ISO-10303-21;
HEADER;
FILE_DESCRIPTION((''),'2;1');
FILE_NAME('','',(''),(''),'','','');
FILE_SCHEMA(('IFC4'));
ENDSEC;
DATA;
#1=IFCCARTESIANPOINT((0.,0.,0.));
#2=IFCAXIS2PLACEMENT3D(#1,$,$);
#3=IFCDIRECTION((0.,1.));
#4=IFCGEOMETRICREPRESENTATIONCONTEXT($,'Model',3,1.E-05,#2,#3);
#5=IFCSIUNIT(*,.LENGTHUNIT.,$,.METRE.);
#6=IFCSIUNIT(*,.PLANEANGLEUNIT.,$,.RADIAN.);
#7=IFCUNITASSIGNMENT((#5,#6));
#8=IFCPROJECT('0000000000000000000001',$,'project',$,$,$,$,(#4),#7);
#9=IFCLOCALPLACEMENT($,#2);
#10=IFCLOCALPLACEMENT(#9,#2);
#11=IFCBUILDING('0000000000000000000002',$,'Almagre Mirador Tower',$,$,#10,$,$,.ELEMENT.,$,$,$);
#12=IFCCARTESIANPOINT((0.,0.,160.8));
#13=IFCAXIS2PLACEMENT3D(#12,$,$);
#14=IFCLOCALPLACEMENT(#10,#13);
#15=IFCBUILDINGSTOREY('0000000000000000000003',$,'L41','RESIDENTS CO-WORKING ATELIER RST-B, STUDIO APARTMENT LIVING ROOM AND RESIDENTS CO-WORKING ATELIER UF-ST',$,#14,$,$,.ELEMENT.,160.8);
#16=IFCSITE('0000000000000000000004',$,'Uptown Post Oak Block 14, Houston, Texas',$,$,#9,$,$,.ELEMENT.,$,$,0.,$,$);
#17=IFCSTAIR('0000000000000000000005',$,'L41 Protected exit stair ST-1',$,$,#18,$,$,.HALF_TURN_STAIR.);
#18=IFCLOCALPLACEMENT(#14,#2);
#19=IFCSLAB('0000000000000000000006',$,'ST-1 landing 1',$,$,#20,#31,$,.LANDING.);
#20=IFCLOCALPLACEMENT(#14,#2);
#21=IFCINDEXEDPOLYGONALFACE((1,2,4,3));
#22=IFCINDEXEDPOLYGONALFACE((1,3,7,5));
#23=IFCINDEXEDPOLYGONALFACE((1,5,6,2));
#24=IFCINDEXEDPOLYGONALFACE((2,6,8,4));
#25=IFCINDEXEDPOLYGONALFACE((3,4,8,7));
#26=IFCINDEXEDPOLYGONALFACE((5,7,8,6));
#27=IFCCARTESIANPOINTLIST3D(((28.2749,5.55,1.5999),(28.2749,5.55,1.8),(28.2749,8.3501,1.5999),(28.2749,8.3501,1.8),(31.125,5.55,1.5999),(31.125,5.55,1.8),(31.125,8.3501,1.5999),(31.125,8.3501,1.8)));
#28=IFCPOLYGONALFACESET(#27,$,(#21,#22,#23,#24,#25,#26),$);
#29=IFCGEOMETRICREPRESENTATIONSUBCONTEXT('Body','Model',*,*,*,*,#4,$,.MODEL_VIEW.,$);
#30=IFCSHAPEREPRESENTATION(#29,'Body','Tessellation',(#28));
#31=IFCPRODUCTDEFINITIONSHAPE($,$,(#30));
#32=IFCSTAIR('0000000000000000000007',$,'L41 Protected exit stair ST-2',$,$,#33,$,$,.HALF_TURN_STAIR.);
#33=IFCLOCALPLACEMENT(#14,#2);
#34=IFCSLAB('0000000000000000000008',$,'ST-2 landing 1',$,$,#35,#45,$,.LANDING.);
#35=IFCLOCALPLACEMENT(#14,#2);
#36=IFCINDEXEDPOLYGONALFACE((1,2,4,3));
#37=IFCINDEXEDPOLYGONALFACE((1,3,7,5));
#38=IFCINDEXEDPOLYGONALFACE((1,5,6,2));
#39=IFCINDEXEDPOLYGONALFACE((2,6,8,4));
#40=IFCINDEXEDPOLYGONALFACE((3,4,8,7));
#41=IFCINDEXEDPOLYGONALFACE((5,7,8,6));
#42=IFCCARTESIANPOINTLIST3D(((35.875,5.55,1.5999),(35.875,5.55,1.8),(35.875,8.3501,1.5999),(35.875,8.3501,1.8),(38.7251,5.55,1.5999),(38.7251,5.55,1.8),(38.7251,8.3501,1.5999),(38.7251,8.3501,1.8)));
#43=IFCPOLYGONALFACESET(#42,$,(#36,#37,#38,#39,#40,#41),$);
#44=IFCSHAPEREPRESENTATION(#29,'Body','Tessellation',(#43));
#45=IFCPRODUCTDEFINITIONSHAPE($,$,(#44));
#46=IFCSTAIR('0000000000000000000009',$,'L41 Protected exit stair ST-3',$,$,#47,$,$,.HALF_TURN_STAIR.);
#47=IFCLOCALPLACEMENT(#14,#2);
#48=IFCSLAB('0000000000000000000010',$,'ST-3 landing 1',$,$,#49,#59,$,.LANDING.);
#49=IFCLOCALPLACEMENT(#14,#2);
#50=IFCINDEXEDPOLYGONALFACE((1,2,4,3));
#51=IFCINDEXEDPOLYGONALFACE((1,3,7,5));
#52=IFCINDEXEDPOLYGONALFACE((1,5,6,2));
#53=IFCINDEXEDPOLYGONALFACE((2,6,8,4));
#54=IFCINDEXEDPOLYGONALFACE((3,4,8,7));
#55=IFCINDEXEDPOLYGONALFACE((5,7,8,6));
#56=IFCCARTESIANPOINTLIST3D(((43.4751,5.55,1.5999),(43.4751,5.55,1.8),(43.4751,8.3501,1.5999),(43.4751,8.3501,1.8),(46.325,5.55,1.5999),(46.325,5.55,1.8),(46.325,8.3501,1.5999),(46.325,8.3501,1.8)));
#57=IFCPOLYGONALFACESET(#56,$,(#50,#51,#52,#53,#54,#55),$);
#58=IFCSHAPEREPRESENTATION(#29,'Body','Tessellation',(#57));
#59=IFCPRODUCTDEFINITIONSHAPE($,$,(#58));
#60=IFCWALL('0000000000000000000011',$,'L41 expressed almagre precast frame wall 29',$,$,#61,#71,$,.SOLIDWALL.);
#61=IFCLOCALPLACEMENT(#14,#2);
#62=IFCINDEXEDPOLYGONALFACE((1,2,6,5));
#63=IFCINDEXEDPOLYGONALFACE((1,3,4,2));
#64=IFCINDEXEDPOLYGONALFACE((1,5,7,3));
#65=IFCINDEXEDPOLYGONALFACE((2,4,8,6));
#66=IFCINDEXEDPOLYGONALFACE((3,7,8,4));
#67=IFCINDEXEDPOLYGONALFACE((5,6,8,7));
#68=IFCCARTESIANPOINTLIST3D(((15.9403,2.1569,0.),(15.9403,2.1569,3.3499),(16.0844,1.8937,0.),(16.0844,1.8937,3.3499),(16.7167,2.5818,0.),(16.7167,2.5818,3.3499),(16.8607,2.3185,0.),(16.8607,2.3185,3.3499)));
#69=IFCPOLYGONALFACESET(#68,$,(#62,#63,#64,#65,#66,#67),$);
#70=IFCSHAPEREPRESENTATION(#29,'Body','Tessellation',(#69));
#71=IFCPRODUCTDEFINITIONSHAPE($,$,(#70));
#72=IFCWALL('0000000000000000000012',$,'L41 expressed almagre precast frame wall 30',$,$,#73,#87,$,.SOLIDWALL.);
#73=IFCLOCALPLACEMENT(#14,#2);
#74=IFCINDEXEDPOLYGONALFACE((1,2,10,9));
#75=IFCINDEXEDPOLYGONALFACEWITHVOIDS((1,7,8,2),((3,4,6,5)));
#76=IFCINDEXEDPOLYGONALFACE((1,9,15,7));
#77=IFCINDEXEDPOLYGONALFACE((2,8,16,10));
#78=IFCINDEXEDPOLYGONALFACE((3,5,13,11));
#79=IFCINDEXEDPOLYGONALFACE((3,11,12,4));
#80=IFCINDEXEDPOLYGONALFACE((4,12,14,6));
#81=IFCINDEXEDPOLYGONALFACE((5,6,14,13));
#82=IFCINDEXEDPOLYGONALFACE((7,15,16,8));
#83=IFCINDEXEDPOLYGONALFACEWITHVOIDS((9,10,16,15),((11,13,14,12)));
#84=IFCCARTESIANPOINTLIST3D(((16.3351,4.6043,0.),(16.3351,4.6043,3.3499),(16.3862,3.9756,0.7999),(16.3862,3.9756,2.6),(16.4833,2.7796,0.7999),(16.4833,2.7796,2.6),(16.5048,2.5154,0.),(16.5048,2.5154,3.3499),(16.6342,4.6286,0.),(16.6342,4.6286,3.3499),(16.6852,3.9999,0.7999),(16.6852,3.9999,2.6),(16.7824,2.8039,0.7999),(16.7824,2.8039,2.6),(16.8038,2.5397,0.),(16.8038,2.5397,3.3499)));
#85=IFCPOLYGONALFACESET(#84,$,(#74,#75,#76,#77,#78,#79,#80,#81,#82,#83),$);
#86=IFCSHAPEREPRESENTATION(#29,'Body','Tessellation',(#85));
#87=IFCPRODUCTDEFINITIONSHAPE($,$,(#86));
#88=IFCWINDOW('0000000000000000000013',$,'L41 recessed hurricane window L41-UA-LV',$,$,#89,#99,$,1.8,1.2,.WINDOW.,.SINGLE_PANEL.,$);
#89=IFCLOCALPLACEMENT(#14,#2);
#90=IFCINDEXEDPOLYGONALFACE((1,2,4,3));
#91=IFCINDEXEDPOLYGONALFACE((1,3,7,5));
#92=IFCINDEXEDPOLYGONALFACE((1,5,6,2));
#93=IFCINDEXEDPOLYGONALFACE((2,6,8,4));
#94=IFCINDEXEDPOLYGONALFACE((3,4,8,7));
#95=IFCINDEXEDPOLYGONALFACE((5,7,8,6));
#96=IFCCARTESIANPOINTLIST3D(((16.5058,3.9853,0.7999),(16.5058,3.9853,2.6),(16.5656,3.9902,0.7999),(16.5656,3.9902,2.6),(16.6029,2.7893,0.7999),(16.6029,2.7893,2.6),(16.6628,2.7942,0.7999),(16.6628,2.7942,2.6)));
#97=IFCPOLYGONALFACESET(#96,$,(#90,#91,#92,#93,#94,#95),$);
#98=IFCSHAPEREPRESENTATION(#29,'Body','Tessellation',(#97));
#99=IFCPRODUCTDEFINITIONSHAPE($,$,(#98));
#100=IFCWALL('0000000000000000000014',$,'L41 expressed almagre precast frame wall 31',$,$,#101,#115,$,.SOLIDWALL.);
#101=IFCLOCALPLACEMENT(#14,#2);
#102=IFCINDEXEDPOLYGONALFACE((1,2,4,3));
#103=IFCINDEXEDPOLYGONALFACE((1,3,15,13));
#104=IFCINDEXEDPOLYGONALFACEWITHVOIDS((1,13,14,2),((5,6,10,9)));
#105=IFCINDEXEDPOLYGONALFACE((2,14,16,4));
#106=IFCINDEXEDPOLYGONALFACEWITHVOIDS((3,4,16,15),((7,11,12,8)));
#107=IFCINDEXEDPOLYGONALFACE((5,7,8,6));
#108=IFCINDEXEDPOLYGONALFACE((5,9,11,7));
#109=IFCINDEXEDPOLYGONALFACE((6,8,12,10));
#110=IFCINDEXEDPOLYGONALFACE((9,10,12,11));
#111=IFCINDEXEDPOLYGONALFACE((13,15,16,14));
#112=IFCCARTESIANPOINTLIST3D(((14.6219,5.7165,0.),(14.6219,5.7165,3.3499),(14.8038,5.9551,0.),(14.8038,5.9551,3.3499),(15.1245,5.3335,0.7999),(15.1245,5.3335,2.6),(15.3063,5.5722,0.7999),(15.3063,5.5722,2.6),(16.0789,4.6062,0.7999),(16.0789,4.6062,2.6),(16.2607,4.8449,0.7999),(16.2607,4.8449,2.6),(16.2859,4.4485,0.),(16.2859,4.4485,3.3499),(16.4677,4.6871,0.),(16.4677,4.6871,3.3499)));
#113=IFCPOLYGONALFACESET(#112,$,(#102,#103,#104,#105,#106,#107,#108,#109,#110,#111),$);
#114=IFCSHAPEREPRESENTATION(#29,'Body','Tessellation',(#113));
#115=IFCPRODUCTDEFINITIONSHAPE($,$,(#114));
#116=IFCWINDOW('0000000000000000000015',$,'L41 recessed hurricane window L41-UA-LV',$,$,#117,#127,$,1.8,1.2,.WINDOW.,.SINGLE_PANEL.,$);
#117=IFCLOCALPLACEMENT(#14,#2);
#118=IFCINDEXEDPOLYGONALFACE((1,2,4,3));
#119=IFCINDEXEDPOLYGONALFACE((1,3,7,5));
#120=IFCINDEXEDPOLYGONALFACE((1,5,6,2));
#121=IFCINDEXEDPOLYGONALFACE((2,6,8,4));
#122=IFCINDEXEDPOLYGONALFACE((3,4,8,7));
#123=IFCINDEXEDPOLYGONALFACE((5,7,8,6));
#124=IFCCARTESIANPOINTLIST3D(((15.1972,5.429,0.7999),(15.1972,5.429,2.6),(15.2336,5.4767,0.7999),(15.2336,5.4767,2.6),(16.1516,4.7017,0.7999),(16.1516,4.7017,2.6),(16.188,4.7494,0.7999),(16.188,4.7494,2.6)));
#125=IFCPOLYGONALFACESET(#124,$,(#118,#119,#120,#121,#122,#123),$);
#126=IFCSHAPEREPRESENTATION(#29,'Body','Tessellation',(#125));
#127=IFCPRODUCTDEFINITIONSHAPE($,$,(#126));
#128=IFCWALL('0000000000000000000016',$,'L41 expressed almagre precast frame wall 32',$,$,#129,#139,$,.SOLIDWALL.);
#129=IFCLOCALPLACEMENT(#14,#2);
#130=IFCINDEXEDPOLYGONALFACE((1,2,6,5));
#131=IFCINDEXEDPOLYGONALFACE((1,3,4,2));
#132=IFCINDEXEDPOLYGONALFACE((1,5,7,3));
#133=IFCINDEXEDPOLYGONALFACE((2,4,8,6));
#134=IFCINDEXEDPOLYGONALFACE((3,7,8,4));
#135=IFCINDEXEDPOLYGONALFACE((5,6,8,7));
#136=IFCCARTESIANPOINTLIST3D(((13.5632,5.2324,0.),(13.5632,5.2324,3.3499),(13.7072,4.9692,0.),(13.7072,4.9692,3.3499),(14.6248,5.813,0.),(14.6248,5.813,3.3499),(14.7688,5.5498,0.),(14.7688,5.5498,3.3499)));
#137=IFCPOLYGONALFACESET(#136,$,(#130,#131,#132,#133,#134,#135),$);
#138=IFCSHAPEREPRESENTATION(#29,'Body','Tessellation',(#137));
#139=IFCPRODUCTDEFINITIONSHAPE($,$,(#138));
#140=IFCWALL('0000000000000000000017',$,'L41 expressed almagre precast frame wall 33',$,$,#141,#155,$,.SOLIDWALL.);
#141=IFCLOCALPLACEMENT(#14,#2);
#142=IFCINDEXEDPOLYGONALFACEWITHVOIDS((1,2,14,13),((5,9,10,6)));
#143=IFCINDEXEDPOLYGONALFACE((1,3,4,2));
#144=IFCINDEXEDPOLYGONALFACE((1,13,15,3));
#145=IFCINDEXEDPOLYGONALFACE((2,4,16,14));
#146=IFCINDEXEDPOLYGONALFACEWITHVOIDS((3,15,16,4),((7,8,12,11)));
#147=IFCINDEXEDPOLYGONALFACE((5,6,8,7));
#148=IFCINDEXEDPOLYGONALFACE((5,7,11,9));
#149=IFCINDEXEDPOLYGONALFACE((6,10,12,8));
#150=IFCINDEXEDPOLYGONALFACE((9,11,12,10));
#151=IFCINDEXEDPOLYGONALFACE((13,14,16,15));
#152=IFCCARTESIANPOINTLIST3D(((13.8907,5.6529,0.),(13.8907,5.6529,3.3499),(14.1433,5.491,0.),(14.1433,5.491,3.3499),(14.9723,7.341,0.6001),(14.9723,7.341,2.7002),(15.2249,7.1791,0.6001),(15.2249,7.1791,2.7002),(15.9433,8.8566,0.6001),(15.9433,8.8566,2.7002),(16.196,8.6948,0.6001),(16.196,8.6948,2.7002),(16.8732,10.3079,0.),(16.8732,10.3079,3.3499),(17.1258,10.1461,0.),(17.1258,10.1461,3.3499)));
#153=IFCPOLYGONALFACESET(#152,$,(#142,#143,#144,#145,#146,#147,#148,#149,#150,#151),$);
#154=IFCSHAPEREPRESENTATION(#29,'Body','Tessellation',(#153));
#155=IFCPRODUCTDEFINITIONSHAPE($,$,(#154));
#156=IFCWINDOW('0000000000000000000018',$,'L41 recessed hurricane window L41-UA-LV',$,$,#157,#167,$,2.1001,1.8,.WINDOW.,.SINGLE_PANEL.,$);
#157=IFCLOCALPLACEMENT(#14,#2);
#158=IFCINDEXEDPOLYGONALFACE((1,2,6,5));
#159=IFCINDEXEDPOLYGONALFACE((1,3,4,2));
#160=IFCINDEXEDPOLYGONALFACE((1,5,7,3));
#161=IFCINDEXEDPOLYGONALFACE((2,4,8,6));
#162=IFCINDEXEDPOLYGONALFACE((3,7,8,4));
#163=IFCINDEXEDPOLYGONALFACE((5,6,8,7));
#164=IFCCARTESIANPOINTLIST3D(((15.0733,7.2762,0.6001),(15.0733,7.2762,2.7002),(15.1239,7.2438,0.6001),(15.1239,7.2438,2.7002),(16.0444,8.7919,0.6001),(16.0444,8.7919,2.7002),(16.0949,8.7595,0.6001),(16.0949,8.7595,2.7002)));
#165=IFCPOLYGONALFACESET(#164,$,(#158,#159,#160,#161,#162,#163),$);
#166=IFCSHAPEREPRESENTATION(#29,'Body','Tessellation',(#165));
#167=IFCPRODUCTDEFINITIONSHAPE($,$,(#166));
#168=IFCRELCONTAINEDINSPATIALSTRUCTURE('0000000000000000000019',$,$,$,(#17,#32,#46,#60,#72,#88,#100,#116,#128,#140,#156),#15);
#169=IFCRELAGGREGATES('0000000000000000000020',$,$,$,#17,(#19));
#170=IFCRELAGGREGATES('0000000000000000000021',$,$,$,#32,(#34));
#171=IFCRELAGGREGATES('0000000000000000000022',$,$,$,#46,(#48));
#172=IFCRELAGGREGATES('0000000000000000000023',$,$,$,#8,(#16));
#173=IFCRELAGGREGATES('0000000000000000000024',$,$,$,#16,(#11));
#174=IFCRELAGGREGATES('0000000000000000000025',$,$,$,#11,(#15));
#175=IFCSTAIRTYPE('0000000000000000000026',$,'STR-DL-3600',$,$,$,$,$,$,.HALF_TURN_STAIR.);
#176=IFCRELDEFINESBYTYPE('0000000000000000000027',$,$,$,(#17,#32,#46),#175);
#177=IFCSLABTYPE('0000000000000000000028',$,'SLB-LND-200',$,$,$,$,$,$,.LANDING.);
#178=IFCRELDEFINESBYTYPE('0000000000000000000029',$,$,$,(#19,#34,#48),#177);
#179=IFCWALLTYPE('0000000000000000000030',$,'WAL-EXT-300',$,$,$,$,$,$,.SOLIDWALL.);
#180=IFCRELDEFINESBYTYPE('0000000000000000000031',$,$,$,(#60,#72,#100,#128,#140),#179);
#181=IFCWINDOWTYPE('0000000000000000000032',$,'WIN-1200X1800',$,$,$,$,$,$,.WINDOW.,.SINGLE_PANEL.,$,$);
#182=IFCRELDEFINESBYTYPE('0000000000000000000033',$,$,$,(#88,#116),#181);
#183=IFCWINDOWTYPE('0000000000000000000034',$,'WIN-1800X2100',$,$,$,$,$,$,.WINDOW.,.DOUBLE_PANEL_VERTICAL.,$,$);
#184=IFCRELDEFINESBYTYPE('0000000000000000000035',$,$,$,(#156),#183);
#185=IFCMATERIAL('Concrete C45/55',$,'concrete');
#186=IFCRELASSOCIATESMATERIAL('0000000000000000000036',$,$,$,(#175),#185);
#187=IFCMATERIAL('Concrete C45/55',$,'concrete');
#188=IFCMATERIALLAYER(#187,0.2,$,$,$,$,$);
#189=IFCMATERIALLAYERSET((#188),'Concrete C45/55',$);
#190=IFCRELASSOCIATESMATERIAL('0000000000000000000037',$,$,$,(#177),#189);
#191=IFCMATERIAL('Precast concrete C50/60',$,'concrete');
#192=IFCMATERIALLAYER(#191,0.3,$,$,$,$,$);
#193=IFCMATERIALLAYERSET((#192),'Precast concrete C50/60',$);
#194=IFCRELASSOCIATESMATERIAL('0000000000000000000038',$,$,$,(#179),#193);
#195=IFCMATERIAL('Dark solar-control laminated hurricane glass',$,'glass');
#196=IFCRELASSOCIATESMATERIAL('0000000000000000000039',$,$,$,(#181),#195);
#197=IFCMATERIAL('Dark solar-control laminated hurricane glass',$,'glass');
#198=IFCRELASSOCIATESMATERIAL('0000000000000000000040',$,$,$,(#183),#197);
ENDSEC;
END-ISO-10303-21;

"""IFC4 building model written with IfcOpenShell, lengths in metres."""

from ifc_helpers import new_model, si_unit, direction, frame, frame_2d, origin, place, context, subcontext, project, spatial, polyline, rectangle, outline, extrude, material, layer, layer_set, type_object, element, fill, aggregate, save


model = new_model("IFC4")

# Units and contexts
model_context = context("Model", 3, precision=1e-05, world=origin(), true_north=direction((0.0, 1.0)))
body_context = subcontext(model_context, "Body", "Model", "MODEL_VIEW")
ifc_project = project(units=[si_unit("LENGTHUNIT", "METRE"), si_unit("PLANEANGLEUNIT", "RADIAN")], contexts=[model_context])

# Site, building, storey
site_placement = place(None, origin())
site = spatial("IfcSite", under=ifc_project, at=site_placement, Name="Uptown Post Oak Block 14, Houston, Texas", CompositionType="ELEMENT", RefElevation=0.0)
building_placement = place(site_placement, origin())
building = spatial("IfcBuilding", under=site, at=building_placement, Name="Almagre Mirador Tower", CompositionType="ELEMENT")
storey_placement = place(building_placement, frame((0.0, 0.0, 160.8)))
storey = spatial("IfcBuildingStorey", under=building, at=storey_placement, Name="L41", Description="RESIDENTS CO-WORKING ATELIER RST-B, STUDIO APARTMENT LIVING ROOM AND RESIDENTS CO-WORKING ATELIER UF-ST", CompositionType="ELEMENT", Elevation=160.8)

# Stairs, slabs
ifc_material_1 = material(Name="Concrete C45/55", Category="concrete")
stair_type = type_object("IfcStairType", Name="STR-DL-3600", PredefinedType="HALF_TURN_STAIR", material=ifc_material_1)
stair_1_placement = place(storey_placement, origin())
stair_1 = element("IfcStair", 1, at=stair_1_placement, inside=storey, type_object=stair_type, Name="L41 Protected exit stair ST-1", PredefinedType="HALF_TURN_STAIR")
ifc_material_2 = material(Name="Concrete C45/55", Category="concrete")
ifc_layer_1 = layer(ifc_material_2, 0.2)
ifc_layer_set_1 = layer_set([ifc_layer_1], Name="Concrete C45/55")
slab_type_1 = type_object("IfcSlabType", Name="SLB-LND-200", PredefinedType="LANDING", material=ifc_layer_set_1)
slab_1_placement = place(storey_placement, frame((0.0, 0.0, 1.5999)))
slab_1 = element("IfcSlab", 2, at=slab_1_placement, type_object=slab_type_1, Name="ST-1 landing 1", PredefinedType="LANDING", context=body_context, shape_type="SweptSolid", body=[
    extrude(outline(polyline([(28.2749, 8.3501), (28.2749, 5.55), (31.125, 5.55), (31.125, 8.3501), (28.2749, 8.3501)])), origin(), (0.0, 0.0, 1.0), 0.2002),
])
aggregate(stair_1, [slab_1])
stair_2_placement = place(storey_placement, origin())
stair_2 = element("IfcStair", 3, at=stair_2_placement, inside=storey, type_object=stair_type, Name="L41 Protected exit stair ST-2", PredefinedType="HALF_TURN_STAIR")
slab_2_placement = place(storey_placement, frame((0.0, 0.0, 1.5999)))
slab_2 = element("IfcSlab", 4, at=slab_2_placement, type_object=slab_type_1, Name="ST-2 landing 1", PredefinedType="LANDING", context=body_context, shape_type="SweptSolid", body=[
    extrude(outline(polyline([(35.875, 8.3501), (35.875, 5.55), (38.7251, 5.55), (38.7251, 8.3501), (35.875, 8.3501)])), origin(), (0.0, 0.0, 1.0), 0.2002),
])
aggregate(stair_2, [slab_2])
stair_3_placement = place(storey_placement, origin())
stair_3 = element("IfcStair", 5, at=stair_3_placement, inside=storey, type_object=stair_type, Name="L41 Protected exit stair ST-3", PredefinedType="HALF_TURN_STAIR")
slab_3_placement = place(storey_placement, frame((0.0, 0.0, 1.5999)))
slab_3 = element("IfcSlab", 6, at=slab_3_placement, type_object=slab_type_1, Name="ST-3 landing 1", PredefinedType="LANDING", context=body_context, shape_type="SweptSolid", body=[
    extrude(outline(polyline([(43.4751, 8.3501), (43.4751, 5.55), (46.325, 5.55), (46.325, 8.3501), (43.4751, 8.3501)])), origin(), (0.0, 0.0, 1.0), 0.2002),
])
aggregate(stair_3, [slab_3])

# Wall
ifc_material_3 = material(Name="Precast concrete C50/60", Category="concrete")
ifc_layer_2 = layer(ifc_material_3, 0.3)
ifc_layer_set_2 = layer_set([ifc_layer_2], Name="Precast concrete C50/60")
wall_type_1 = type_object("IfcWallType", Name="WAL-EXT-300", PredefinedType="SOLIDWALL", material=ifc_layer_set_2)
wall_1_placement = place(storey_placement, frame((16.0125, 2.0254, 0.0), z_axis=(0.0, 0.0, 1.0), x_axis=(0.877262, 0.480011, 0.0)))
element("IfcWall", 7, at=wall_1_placement, inside=storey, type_object=wall_type_1, Name="L41 expressed almagre precast frame wall 29", PredefinedType="SOLIDWALL", context=body_context, shape_type="SweptSolid", body=[
    extrude(rectangle(XDim=0.885, YDim=0.3, at=frame_2d((0.4424, 0.0))), origin(), (0.0, 0.0, 1.0), 3.3499),
])

# Walls, openings, windows
wall_2_placement = place(storey_placement, frame((16.6543, 2.5276, 0.0), z_axis=(0.0, 0.0, 1.0), x_axis=(-0.080963, 0.996717, 0.0)))
wall_2 = element("IfcWall", 8, at=wall_2_placement, inside=storey, type_object=wall_type_1, Name="L41 expressed almagre precast frame wall 30", PredefinedType="SOLIDWALL", context=body_context, shape_type="SweptSolid", body=[
    extrude(rectangle(XDim=2.0957, YDim=0.3, at=frame_2d((1.0479, 0.0))), origin(), (0.0, 0.0, 1.0), 3.3499),
])
opening_1_placement = place(wall_2_placement, frame((0.2649, 0.0, 0.8)))
opening_1 = element("IfcOpeningElement", 9, at=opening_1_placement, cuts=wall_2, PredefinedType="OPENING", context=body_context, shape_type="SweptSolid", body=[
    extrude(rectangle(XDim=1.2, YDim=1.8, at=frame_2d((0.6001, 0.8999))), frame((0.0, 0.1599, 0.0), z_axis=(0.0, -1.0, 0.0), x_axis=(1.0, 0.0, 0.0)), (0.0, 0.0, 1.0), 0.32),
])
ifc_material_4 = material(Name="Dark solar-control laminated hurricane glass", Category="glass")
window_type_1 = type_object("IfcWindowType", Name="WIN-1200X1800", PartitioningType="SINGLE_PANEL", PredefinedType="WINDOW", material=ifc_material_4)
window_1_placement = place(opening_1_placement, origin())
window_1 = element("IfcWindow", 10, at=window_1_placement, inside=storey, type_object=window_type_1, Name="L41 recessed hurricane window L41-UA-LV", OverallHeight=1.8, OverallWidth=1.2, PartitioningType="SINGLE_PANEL", PredefinedType="WINDOW", context=body_context, shape_type="SweptSolid", body=[
    extrude(rectangle(XDim=1.2, YDim=1.8, at=frame_2d((0.6001, 0.8999))), frame((0.0, 0.03, 0.0), z_axis=(0.0, -1.0, 0.0), x_axis=(1.0, 0.0, 0.0)), (0.0, 0.0, 1.0), 0.0601),
])
fill(opening_1, window_1)
wall_3_placement = place(storey_placement, frame((16.3767, 4.5679, 0.0), z_axis=(0.0, 0.0, 1.0), x_axis=(-0.795383, 0.606106, 0.0)))
wall_3 = element("IfcWall", 11, at=wall_3_placement, inside=storey, type_object=wall_type_1, Name="L41 expressed almagre precast frame wall 31", PredefinedType="SOLIDWALL", context=body_context, shape_type="SweptSolid", body=[
    extrude(rectangle(XDim=2.092, YDim=0.3, at=frame_2d((1.0459, 0.0))), origin(), (0.0, 0.0, 1.0), 3.3499),
])
opening_2_placement = place(wall_3_placement, frame((0.26, 0.0, 0.8)))
opening_2 = element("IfcOpeningElement", 12, at=opening_2_placement, cuts=wall_3, PredefinedType="OPENING", context=body_context, shape_type="SweptSolid", body=[
    extrude(rectangle(XDim=1.2, YDim=1.8, at=frame_2d((0.6001, 0.8999))), frame((0.0, 0.1599, 0.0), z_axis=(0.0, -1.0, 0.0), x_axis=(1.0, 0.0, 0.0)), (0.0, 0.0, 1.0), 0.32),
])
window_2_placement = place(opening_2_placement, origin())
window_2 = element("IfcWindow", 13, at=window_2_placement, inside=storey, type_object=window_type_1, Name="L41 recessed hurricane window L41-UA-LV", OverallHeight=1.8, OverallWidth=1.2, PartitioningType="SINGLE_PANEL", PredefinedType="WINDOW", context=body_context, shape_type="SweptSolid", body=[
    extrude(rectangle(XDim=1.2, YDim=1.8, at=frame_2d((0.6001, 0.8999))), frame((0.0, 0.03, 0.0), z_axis=(0.0, -1.0, 0.0), x_axis=(1.0, 0.0, 0.0)), (0.0, 0.0, 1.0), 0.0601),
])
fill(opening_2, window_2)

# Wall
wall_4_placement = place(storey_placement, frame((14.6968, 5.6814, 0.0), z_axis=(0.0, 0.0, 1.0), x_axis=(-0.877355, -0.479841, 0.0)))
element("IfcWall", 14, at=wall_4_placement, inside=storey, type_object=wall_type_1, Name="L41 expressed almagre precast frame wall 32", PredefinedType="SOLIDWALL", context=body_context, shape_type="SweptSolid", body=[
    extrude(rectangle(XDim=1.21, YDim=0.3, at=frame_2d((0.605, 0.0))), origin(), (0.0, 0.0, 1.0), 3.3499),
])

# Wall, opening, window
wall_5_placement = place(storey_placement, frame((14.0171, 5.572, 0.0), z_axis=(0.0, 0.0, 1.0), x_axis=(0.539465, 0.842008, 0.0)))
wall_5 = element("IfcWall", 15, at=wall_5_placement, inside=storey, type_object=wall_type_1, Name="L41 expressed almagre precast frame wall 33", PredefinedType="SOLIDWALL", context=body_context, shape_type="SweptSolid", body=[
    extrude(rectangle(XDim=5.5286, YDim=0.3, at=frame_2d((2.7642, 0.0))), origin(), (0.0, 0.0, 1.0), 3.3499),
])
opening_3_placement = place(wall_5_placement, frame((2.0049, 0.0, 0.6001)))
opening_3 = element("IfcOpeningElement", 16, at=opening_3_placement, cuts=wall_5, PredefinedType="OPENING", context=body_context, shape_type="SweptSolid", body=[
    extrude(rectangle(XDim=1.8, YDim=2.1001, at=frame_2d((0.8999, 1.05))), frame((0.0, 0.1599, 0.0), z_axis=(0.0, -1.0, 0.0), x_axis=(1.0, 0.0, 0.0)), (0.0, 0.0, 1.0), 0.32),
])
ifc_material_5 = material(Name="Dark solar-control laminated hurricane glass", Category="glass")
window_type_2 = type_object("IfcWindowType", Name="WIN-1800X2100", PartitioningType="DOUBLE_PANEL_VERTICAL", PredefinedType="WINDOW", material=ifc_material_5)
window_3_placement = place(opening_3_placement, origin())
window_3 = element("IfcWindow", 17, at=window_3_placement, inside=storey, type_object=window_type_2, Name="L41 recessed hurricane window L41-UA-LV", OverallHeight=2.1001, OverallWidth=1.8, PartitioningType="SINGLE_PANEL", PredefinedType="WINDOW", context=body_context, shape_type="SweptSolid", body=[
    extrude(rectangle(XDim=1.8, YDim=2.1001, at=frame_2d((0.8999, 1.05))), frame((0.0, 0.03, 0.0), z_axis=(0.0, -1.0, 0.0), x_axis=(1.0, 0.0, 0.0)), (0.0, 0.0, 1.0), 0.0601),
])
fill(opening_3, window_3)

save(model, "model.ifc")
